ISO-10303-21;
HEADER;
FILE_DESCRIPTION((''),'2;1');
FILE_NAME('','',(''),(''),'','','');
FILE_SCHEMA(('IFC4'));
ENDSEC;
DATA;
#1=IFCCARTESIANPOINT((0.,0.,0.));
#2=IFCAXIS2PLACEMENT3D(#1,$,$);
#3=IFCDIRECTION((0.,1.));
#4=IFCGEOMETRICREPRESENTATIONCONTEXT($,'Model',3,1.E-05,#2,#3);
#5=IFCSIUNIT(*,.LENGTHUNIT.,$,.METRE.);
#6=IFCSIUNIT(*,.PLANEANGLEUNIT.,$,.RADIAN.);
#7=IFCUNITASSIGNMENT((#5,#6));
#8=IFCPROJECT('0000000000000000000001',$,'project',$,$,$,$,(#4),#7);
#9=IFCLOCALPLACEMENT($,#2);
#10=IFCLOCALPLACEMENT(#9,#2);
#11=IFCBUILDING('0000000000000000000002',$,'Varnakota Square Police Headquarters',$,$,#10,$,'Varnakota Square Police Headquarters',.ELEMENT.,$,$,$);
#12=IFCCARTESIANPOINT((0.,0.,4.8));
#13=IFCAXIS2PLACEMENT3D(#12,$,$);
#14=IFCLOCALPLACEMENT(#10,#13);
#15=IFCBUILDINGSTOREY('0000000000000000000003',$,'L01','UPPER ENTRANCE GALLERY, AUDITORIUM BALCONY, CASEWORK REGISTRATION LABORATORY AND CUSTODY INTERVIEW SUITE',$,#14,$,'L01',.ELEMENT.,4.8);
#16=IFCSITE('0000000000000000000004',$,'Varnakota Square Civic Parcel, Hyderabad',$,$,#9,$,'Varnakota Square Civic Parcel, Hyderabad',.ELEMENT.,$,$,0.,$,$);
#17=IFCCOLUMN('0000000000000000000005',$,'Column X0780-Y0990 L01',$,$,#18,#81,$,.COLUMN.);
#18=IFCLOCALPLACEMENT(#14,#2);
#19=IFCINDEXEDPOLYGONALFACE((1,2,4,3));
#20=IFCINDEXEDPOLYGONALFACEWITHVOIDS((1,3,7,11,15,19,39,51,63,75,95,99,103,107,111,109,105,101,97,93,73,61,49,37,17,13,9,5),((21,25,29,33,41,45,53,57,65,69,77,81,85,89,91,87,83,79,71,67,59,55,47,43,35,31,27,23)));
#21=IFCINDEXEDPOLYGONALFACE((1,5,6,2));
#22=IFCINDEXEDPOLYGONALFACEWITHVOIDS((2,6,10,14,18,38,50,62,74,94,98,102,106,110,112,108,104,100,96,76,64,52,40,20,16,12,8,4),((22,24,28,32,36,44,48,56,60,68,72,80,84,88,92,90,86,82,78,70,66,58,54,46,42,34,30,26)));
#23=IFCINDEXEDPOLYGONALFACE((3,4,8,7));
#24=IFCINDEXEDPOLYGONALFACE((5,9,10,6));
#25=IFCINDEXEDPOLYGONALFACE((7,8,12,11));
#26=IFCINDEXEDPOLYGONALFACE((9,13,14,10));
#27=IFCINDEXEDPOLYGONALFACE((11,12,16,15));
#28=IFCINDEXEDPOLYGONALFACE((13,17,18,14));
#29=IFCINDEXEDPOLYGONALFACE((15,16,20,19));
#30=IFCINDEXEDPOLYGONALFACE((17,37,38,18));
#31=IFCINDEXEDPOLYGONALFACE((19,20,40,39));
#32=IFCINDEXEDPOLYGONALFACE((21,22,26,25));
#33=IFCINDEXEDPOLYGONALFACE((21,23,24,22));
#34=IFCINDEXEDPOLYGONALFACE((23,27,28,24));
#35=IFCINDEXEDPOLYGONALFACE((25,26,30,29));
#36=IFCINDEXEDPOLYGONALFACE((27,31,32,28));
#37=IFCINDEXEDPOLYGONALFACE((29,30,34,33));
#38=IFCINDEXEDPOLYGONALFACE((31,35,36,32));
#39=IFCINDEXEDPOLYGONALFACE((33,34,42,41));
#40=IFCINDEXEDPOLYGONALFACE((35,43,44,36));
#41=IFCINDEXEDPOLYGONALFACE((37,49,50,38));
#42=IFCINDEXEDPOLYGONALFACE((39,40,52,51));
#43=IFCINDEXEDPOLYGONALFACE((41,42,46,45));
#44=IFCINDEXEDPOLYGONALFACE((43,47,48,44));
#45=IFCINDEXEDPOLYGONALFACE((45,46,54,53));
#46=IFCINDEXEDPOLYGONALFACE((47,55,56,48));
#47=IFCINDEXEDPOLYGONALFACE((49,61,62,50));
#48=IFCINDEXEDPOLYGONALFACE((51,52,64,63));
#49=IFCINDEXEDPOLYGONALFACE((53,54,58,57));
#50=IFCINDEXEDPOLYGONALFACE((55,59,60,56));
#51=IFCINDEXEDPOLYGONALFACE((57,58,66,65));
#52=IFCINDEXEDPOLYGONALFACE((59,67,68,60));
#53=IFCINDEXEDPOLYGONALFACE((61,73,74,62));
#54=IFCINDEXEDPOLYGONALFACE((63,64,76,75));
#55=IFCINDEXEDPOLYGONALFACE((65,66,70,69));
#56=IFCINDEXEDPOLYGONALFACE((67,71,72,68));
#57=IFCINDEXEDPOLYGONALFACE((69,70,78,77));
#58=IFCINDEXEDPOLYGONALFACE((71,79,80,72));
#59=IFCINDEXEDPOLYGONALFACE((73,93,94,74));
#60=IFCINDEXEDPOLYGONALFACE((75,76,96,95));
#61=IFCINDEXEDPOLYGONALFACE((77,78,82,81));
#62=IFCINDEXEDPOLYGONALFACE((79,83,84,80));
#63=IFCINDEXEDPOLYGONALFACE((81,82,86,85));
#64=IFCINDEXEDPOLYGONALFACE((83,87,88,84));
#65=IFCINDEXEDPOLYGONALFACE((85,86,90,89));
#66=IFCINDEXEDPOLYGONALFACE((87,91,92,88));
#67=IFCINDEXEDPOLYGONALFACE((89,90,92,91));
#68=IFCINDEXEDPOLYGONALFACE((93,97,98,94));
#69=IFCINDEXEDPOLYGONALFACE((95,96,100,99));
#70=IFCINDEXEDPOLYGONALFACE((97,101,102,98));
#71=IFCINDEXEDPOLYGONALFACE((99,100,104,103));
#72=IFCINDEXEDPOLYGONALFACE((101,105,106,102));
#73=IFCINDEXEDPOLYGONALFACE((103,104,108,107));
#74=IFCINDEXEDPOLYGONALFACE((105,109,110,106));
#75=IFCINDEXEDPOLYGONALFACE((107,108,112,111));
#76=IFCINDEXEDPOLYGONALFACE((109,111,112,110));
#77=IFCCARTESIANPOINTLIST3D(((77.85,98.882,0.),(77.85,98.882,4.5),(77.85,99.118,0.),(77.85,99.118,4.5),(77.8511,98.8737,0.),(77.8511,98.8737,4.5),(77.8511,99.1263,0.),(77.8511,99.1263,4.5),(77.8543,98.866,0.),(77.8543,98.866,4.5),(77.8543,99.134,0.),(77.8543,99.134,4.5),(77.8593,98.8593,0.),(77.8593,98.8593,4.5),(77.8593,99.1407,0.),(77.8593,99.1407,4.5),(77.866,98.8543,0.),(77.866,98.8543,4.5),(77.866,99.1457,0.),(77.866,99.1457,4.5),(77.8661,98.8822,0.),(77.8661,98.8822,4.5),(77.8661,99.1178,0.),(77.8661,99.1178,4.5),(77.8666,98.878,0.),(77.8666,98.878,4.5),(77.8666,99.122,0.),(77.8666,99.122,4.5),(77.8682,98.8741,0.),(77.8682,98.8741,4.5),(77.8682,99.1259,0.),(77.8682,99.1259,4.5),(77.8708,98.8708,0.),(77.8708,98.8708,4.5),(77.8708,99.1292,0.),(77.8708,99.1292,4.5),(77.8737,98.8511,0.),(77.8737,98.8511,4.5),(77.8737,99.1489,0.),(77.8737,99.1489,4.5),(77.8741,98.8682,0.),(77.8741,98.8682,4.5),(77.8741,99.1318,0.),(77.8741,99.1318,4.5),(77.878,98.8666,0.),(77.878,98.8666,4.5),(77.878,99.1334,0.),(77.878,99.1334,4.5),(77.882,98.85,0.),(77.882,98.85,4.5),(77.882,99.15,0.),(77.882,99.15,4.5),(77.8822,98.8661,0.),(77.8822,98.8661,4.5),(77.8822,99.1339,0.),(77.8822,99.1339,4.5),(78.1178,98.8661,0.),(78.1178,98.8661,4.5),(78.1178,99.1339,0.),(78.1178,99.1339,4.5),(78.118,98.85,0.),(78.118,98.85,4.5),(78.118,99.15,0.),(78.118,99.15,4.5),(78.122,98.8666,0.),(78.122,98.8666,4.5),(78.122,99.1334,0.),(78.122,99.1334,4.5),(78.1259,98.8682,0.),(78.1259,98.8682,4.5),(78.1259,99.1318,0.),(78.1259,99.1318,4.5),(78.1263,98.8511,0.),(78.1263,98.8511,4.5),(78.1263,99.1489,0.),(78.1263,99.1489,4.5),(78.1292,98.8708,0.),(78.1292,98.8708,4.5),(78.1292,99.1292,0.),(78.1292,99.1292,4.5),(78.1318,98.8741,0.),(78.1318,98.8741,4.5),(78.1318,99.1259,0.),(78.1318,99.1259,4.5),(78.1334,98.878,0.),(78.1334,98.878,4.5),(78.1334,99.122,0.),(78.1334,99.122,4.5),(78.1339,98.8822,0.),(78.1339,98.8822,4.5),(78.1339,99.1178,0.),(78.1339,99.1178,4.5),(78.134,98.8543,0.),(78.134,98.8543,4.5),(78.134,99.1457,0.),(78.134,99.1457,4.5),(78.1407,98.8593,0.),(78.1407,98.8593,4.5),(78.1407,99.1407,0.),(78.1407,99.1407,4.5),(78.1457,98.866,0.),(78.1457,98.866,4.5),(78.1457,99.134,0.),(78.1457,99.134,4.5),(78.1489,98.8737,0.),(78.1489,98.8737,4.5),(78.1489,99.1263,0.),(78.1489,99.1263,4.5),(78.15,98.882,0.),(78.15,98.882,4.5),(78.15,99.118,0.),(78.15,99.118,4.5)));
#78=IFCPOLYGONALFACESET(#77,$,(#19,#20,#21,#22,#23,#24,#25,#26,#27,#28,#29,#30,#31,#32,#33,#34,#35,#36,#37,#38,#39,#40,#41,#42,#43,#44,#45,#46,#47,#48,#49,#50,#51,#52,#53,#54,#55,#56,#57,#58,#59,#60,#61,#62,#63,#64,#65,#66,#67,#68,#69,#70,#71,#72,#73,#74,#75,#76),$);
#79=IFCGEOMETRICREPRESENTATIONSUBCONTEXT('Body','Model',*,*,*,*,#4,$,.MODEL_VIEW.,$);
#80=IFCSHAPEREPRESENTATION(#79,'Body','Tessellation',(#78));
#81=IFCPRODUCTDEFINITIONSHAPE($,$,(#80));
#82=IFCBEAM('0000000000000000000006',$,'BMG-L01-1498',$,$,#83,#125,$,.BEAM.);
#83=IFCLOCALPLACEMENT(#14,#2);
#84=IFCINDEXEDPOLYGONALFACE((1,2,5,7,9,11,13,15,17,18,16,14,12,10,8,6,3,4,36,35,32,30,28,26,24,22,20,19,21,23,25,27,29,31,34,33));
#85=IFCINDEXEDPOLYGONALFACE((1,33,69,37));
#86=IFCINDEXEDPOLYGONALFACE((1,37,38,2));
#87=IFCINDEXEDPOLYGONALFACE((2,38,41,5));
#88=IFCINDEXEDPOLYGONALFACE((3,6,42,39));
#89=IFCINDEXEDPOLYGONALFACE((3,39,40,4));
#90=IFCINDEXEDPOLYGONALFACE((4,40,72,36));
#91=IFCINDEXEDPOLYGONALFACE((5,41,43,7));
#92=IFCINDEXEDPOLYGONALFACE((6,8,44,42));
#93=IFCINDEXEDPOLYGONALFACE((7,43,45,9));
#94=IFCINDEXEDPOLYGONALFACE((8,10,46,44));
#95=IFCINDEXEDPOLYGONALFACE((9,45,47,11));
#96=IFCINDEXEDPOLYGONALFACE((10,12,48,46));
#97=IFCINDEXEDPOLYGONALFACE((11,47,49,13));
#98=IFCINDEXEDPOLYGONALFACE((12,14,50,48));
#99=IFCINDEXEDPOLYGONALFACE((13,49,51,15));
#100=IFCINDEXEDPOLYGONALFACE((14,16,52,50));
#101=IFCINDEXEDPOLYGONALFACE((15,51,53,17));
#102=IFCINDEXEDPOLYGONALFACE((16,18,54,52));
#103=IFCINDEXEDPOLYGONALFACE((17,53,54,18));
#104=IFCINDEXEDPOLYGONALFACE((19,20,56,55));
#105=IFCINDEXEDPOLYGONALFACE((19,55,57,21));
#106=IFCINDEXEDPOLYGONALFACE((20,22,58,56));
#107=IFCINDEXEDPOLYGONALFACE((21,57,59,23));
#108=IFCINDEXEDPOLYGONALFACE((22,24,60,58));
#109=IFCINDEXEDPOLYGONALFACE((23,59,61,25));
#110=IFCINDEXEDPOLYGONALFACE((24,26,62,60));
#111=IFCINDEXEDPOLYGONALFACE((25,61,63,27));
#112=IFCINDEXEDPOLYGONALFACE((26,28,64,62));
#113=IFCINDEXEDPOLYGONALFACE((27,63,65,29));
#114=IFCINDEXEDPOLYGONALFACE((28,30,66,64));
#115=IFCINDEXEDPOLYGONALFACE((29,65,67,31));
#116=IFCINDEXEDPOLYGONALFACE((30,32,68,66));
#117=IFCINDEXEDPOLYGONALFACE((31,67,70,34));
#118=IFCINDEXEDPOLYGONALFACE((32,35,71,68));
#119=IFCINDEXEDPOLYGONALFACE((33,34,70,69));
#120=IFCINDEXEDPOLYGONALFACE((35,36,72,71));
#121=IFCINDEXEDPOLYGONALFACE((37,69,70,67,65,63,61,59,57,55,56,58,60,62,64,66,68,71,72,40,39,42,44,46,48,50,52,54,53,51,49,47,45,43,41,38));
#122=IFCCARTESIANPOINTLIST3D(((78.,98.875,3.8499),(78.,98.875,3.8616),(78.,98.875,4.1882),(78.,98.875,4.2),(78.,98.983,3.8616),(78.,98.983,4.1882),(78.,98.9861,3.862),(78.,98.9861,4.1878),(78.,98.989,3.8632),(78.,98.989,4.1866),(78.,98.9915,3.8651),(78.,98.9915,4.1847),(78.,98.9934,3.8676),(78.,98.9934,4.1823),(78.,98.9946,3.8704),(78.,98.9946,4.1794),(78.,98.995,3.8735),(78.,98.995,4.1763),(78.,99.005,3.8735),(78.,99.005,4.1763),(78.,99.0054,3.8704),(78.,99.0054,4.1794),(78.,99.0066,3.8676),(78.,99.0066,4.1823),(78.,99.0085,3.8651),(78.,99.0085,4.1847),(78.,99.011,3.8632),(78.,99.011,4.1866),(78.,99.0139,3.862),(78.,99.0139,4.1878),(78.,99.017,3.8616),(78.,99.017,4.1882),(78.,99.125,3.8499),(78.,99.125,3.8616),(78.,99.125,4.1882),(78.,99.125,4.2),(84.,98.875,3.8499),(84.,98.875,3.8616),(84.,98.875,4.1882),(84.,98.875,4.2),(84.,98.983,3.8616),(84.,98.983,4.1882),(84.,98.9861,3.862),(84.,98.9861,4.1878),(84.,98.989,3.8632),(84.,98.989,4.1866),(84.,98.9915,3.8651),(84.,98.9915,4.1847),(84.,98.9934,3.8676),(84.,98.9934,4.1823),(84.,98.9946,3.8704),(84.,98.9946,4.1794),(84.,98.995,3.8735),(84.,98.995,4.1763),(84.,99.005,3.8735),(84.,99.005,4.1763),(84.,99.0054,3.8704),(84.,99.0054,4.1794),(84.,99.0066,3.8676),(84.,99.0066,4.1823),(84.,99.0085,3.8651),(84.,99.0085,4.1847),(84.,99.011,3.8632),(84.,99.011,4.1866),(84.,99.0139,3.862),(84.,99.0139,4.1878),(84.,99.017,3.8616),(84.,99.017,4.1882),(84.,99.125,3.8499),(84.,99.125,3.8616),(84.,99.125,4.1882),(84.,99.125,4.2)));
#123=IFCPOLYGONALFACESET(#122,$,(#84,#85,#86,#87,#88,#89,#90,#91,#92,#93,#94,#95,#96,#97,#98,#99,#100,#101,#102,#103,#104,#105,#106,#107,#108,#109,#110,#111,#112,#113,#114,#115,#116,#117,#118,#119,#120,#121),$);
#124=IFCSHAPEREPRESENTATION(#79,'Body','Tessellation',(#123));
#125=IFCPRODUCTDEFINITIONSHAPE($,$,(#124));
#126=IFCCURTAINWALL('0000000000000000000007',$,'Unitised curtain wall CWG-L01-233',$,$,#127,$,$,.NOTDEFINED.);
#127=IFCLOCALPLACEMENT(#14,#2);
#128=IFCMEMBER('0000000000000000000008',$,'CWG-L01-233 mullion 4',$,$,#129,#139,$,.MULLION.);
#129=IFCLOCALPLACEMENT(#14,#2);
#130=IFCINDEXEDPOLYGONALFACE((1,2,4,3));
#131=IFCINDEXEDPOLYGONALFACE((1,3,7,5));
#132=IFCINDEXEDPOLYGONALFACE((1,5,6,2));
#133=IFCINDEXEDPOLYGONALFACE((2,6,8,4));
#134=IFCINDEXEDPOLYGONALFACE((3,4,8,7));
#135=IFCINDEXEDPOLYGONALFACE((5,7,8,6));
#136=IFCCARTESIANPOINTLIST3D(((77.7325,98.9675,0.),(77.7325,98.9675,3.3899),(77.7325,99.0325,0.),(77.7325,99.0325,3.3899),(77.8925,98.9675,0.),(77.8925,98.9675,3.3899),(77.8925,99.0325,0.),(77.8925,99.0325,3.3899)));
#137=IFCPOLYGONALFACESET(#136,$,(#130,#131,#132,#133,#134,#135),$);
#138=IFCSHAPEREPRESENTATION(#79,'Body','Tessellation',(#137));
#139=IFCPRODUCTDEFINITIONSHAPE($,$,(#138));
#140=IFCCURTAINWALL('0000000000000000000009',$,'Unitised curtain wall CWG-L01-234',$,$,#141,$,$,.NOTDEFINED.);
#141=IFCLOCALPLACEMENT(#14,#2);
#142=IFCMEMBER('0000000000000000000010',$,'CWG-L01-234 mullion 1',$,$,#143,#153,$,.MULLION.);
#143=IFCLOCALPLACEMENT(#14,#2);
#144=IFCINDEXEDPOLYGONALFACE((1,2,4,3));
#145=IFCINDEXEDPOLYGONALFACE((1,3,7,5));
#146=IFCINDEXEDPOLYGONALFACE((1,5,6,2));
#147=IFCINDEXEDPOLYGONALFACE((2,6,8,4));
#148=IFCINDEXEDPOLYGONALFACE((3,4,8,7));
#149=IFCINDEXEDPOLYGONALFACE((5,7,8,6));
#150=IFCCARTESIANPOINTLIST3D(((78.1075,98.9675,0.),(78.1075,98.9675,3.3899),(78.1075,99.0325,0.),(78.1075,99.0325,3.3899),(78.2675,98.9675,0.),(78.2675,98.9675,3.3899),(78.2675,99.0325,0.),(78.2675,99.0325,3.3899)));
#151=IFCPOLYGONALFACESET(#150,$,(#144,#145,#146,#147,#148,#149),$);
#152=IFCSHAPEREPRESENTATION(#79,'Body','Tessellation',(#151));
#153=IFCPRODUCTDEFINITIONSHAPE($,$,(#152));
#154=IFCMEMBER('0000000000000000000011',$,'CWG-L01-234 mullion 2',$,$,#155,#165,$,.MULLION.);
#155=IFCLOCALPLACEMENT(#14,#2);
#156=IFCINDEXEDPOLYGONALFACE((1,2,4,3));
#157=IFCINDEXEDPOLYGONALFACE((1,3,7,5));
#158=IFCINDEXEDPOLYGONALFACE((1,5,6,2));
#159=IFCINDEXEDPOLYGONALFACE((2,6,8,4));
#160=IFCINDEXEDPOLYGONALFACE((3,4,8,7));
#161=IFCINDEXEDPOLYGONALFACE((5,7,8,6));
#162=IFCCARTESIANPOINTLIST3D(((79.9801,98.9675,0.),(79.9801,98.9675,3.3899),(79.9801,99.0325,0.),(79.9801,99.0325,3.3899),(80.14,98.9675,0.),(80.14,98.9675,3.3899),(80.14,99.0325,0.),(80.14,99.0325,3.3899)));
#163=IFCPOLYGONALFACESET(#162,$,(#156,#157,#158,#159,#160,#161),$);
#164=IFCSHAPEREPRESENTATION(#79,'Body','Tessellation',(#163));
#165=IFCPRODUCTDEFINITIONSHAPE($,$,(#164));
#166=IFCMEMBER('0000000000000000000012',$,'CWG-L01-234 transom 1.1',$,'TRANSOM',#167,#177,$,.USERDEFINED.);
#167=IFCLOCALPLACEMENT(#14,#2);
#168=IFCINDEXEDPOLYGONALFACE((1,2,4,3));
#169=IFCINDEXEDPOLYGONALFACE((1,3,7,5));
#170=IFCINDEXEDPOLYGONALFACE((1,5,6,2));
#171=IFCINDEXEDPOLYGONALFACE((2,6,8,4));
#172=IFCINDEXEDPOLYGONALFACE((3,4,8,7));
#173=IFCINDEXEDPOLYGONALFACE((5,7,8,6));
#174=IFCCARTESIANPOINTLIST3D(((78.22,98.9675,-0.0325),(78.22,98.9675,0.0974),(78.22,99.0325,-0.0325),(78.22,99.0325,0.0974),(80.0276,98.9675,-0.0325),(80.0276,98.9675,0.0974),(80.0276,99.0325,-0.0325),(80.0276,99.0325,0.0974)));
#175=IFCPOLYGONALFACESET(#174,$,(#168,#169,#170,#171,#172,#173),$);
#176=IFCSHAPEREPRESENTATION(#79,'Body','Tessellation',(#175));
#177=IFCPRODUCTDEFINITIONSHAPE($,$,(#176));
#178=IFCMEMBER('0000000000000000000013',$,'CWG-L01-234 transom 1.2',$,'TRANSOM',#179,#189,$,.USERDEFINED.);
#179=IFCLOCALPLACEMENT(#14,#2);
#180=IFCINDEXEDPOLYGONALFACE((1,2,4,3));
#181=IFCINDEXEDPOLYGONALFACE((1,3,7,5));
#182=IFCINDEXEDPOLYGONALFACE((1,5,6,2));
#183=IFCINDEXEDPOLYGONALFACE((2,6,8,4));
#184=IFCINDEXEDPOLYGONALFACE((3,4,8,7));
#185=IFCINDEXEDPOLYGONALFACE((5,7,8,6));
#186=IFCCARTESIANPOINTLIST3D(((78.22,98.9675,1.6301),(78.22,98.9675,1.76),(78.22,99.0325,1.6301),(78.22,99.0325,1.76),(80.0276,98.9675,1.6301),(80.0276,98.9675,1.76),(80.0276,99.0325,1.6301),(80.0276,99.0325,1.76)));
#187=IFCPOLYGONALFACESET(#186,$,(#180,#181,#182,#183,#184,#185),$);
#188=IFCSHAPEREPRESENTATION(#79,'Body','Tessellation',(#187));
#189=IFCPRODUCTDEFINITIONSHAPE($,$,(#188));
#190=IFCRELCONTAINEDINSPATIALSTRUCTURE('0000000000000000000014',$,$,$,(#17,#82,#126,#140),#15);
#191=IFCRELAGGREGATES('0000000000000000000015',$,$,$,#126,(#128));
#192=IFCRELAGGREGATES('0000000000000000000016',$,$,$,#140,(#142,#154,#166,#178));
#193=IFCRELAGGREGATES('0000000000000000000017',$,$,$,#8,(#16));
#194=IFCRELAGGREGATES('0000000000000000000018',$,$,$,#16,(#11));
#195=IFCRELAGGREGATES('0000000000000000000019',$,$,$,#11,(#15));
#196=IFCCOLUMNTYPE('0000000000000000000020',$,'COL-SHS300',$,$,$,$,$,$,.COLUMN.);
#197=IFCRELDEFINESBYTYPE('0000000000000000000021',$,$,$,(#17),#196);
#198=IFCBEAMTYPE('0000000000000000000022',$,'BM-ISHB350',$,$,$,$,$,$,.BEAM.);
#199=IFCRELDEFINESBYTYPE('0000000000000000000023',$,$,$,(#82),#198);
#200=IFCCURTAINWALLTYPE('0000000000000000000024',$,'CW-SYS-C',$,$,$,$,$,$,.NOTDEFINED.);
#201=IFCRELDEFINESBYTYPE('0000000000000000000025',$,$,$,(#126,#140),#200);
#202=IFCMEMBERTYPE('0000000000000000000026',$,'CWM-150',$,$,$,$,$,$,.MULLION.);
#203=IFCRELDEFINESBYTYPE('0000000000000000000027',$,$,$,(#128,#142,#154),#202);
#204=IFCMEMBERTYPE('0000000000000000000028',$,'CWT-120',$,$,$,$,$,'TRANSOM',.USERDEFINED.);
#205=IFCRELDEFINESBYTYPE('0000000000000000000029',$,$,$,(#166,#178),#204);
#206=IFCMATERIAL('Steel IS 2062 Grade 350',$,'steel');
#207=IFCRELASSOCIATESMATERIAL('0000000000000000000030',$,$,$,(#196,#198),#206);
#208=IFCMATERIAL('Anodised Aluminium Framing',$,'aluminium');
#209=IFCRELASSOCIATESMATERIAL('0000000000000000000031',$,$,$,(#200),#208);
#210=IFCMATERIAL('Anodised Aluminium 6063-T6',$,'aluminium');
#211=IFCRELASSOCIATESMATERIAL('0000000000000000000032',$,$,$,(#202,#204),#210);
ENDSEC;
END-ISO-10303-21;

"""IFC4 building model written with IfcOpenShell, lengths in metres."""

from ifc_helpers import new_model, si_unit, direction, frame, origin, origin_2d, place, context, subcontext, project, spatial, rectangle, hollow_rectangle, i_section, extrude, material, material_profile, profile_set, type_object, element, aggregate, save


model = new_model("IFC4")

# Units and contexts
model_context = context("Model", 3, precision=1e-05, world=origin(), true_north=direction((0.0, 1.0)))
body_context = subcontext(model_context, "Body", "Model", "MODEL_VIEW")
ifc_project = project(units=[si_unit("LENGTHUNIT", "METRE"), si_unit("PLANEANGLEUNIT", "RADIAN")], contexts=[model_context])

# Site, building, storey
site_placement = place(None, origin())
site = spatial("IfcSite", under=ifc_project, at=site_placement, Name="Varnakota Square Civic Parcel, Hyderabad", LongName="Varnakota Square Civic Parcel, Hyderabad", CompositionType="ELEMENT", RefElevation=0.0)
building_placement = place(site_placement, origin())
building = spatial("IfcBuilding", under=site, at=building_placement, Name="Varnakota Square Police Headquarters", LongName="Varnakota Square Police Headquarters", CompositionType="ELEMENT")
storey_placement = place(building_placement, frame((0.0, 0.0, 4.8)))
storey = spatial("IfcBuildingStorey", under=building, at=storey_placement, Name="L01", Description="UPPER ENTRANCE GALLERY, AUDITORIUM BALCONY, CASEWORK REGISTRATION LABORATORY AND CUSTODY INTERVIEW SUITE", LongName="L01", CompositionType="ELEMENT", Elevation=4.8)

# Column
ifc_material_1 = material(Name="Steel IS 2062 Grade 350", Category="steel")
ifc_material_profile_1 = material_profile(ifc_material_1, hollow_rectangle(XDim=0.3, YDim=0.3, WallThickness=0.0161, InnerFilletRadius=0.0161, OuterFilletRadius=0.032, at=origin_2d()), Name="SHS 300x300x16")
ifc_profile_set_1 = profile_set([ifc_material_profile_1], Name="Steel IS 2062 Grade 350")
column_type = type_object("IfcColumnType", Name="COL-SHS300", PredefinedType="COLUMN", material=ifc_profile_set_1)
column_placement = place(storey_placement, frame((78.0, 99.0, 0.0), z_axis=(0.0, 0.0, 1.0), x_axis=(1.0, 0.0, 0.0)))
element("IfcColumn", 1, at=column_placement, inside=storey, type_object=column_type, Name="Column X0780-Y0990 L01", PredefinedType="COLUMN", context=body_context, shape_type="SweptSolid", body=[
    extrude(hollow_rectangle(XDim=0.3, YDim=0.3, WallThickness=0.0161, InnerFilletRadius=0.0161, OuterFilletRadius=0.032, at=origin_2d()), origin(), (0.0, 0.0, 1.0), 4.5),
])

# Beam
ifc_material_profile_2 = material_profile(ifc_material_1, i_section(OverallWidth=0.25, OverallDepth=0.3501, WebThickness=0.01, FlangeThickness=0.0117, FilletRadius=0.012, at=origin_2d()), Name="ISHB 350")
ifc_profile_set_2 = profile_set([ifc_material_profile_2], Name="Steel IS 2062 Grade 350")
beam_type = type_object("IfcBeamType", Name="BM-ISHB350", PredefinedType="BEAM", material=ifc_profile_set_2)
beam_placement = place(storey_placement, frame((78.0, 99.0, 4.0249), z_axis=(1.0, 0.0, 0.0), x_axis=(0.0, 1.0, 0.0)))
element("IfcBeam", 2, at=beam_placement, inside=storey, type_object=beam_type, Name="BMG-L01-1498", PredefinedType="BEAM", context=body_context, shape_type="SweptSolid", body=[
    extrude(i_section(OverallWidth=0.25, OverallDepth=0.3501, WebThickness=0.01, FlangeThickness=0.0117, FilletRadius=0.012, at=origin_2d()), origin(), (0.0, 0.0, 1.0), 6.0),
])

# Curtain wall, member
ifc_material_2 = material(Name="Anodised Aluminium Framing", Category="aluminium")
curtain_wall_type = type_object("IfcCurtainWallType", Name="CW-SYS-C", PredefinedType="NOTDEFINED", material=ifc_material_2)
curtain_wall_1_placement = place(storey_placement, origin())
curtain_wall_1 = element("IfcCurtainWall", 3, at=curtain_wall_1_placement, inside=storey, type_object=curtain_wall_type, Name="Unitised curtain wall CWG-L01-233", PredefinedType="NOTDEFINED")
ifc_material_3 = material(Name="Anodised Aluminium 6063-T6", Category="aluminium")
ifc_material_profile_3 = material_profile(ifc_material_3, rectangle(XDim=0.0649, YDim=0.1599, at=origin_2d()), Name="ALU MULLION 65x160")
ifc_profile_set_3 = profile_set([ifc_material_profile_3], Name="Anodised Aluminium 6063-T6")
member_type_1 = type_object("IfcMemberType", Name="CWM-150", PredefinedType="MULLION", material=ifc_profile_set_3)
member_1_placement = place(storey_placement, frame((77.8125, 99.0, 0.0), z_axis=(0.0, 0.0, 1.0), x_axis=(0.0, 1.0, 0.0)))
member_1 = element("IfcMember", 4, at=member_1_placement, type_object=member_type_1, Name="CWG-L01-233 mullion 4", PredefinedType="MULLION", context=body_context, shape_type="SweptSolid", body=[
    extrude(rectangle(XDim=0.0649, YDim=0.1599, at=origin_2d()), origin(), (0.0, 0.0, 1.0), 3.3899),
])

# Curtain wall, members
curtain_wall_2_placement = place(storey_placement, origin())
curtain_wall_2 = element("IfcCurtainWall", 5, at=curtain_wall_2_placement, inside=storey, type_object=curtain_wall_type, Name="Unitised curtain wall CWG-L01-234", PredefinedType="NOTDEFINED")
member_2_placement = place(storey_placement, frame((78.1875, 99.0, 0.0), z_axis=(0.0, 0.0, 1.0), x_axis=(0.0, 1.0, 0.0)))
member_2 = element("IfcMember", 6, at=member_2_placement, type_object=member_type_1, Name="CWG-L01-234 mullion 1", PredefinedType="MULLION", context=body_context, shape_type="SweptSolid", body=[
    extrude(rectangle(XDim=0.0649, YDim=0.1599, at=origin_2d()), origin(), (0.0, 0.0, 1.0), 3.3899),
])
member_3_placement = place(storey_placement, frame((80.0601, 99.0, 0.0), z_axis=(0.0, 0.0, 1.0), x_axis=(0.0, 1.0, 0.0)))
member_3 = element("IfcMember", 7, at=member_3_placement, type_object=member_type_1, Name="CWG-L01-234 mullion 2", PredefinedType="MULLION", context=body_context, shape_type="SweptSolid", body=[
    extrude(rectangle(XDim=0.0649, YDim=0.1599, at=origin_2d()), origin(), (0.0, 0.0, 1.0), 3.3899),
])
ifc_material_profile_4 = material_profile(ifc_material_3, rectangle(XDim=0.0649, YDim=0.1299, at=origin_2d()), Name="ALU TRANSOM 65x130")
ifc_profile_set_4 = profile_set([ifc_material_profile_4], Name="Anodised Aluminium 6063-T6")
member_type_2 = type_object("IfcMemberType", Name="CWT-120", ElementType="TRANSOM", PredefinedType="USERDEFINED", material=ifc_profile_set_4)
member_4_placement = place(storey_placement, frame((78.22, 99.0, 0.0325), z_axis=(1.0, 0.0, 0.0), x_axis=(0.0, 1.0, 0.0)))
member_4 = element("IfcMember", 8, at=member_4_placement, type_object=member_type_2, Name="CWG-L01-234 transom 1.1", ObjectType="TRANSOM", PredefinedType="USERDEFINED", context=body_context, shape_type="SweptSolid", body=[
    extrude(rectangle(XDim=0.0649, YDim=0.1299, at=origin_2d()), origin(), (0.0, 0.0, 1.0), 1.8076),
])
member_5_placement = place(storey_placement, frame((78.22, 99.0, 1.6951), z_axis=(1.0, 0.0, 0.0), x_axis=(0.0, 1.0, 0.0)))
member_5 = element("IfcMember", 9, at=member_5_placement, type_object=member_type_2, Name="CWG-L01-234 transom 1.2", ObjectType="TRANSOM", PredefinedType="USERDEFINED", context=body_context, shape_type="SweptSolid", body=[
    extrude(rectangle(XDim=0.0649, YDim=0.1299, at=origin_2d()), origin(), (0.0, 0.0, 1.0), 1.8076),
])

aggregate(curtain_wall_1, [member_1])
aggregate(curtain_wall_2, [member_2, member_3, member_4, member_5])

save(model, "model.ifc")
